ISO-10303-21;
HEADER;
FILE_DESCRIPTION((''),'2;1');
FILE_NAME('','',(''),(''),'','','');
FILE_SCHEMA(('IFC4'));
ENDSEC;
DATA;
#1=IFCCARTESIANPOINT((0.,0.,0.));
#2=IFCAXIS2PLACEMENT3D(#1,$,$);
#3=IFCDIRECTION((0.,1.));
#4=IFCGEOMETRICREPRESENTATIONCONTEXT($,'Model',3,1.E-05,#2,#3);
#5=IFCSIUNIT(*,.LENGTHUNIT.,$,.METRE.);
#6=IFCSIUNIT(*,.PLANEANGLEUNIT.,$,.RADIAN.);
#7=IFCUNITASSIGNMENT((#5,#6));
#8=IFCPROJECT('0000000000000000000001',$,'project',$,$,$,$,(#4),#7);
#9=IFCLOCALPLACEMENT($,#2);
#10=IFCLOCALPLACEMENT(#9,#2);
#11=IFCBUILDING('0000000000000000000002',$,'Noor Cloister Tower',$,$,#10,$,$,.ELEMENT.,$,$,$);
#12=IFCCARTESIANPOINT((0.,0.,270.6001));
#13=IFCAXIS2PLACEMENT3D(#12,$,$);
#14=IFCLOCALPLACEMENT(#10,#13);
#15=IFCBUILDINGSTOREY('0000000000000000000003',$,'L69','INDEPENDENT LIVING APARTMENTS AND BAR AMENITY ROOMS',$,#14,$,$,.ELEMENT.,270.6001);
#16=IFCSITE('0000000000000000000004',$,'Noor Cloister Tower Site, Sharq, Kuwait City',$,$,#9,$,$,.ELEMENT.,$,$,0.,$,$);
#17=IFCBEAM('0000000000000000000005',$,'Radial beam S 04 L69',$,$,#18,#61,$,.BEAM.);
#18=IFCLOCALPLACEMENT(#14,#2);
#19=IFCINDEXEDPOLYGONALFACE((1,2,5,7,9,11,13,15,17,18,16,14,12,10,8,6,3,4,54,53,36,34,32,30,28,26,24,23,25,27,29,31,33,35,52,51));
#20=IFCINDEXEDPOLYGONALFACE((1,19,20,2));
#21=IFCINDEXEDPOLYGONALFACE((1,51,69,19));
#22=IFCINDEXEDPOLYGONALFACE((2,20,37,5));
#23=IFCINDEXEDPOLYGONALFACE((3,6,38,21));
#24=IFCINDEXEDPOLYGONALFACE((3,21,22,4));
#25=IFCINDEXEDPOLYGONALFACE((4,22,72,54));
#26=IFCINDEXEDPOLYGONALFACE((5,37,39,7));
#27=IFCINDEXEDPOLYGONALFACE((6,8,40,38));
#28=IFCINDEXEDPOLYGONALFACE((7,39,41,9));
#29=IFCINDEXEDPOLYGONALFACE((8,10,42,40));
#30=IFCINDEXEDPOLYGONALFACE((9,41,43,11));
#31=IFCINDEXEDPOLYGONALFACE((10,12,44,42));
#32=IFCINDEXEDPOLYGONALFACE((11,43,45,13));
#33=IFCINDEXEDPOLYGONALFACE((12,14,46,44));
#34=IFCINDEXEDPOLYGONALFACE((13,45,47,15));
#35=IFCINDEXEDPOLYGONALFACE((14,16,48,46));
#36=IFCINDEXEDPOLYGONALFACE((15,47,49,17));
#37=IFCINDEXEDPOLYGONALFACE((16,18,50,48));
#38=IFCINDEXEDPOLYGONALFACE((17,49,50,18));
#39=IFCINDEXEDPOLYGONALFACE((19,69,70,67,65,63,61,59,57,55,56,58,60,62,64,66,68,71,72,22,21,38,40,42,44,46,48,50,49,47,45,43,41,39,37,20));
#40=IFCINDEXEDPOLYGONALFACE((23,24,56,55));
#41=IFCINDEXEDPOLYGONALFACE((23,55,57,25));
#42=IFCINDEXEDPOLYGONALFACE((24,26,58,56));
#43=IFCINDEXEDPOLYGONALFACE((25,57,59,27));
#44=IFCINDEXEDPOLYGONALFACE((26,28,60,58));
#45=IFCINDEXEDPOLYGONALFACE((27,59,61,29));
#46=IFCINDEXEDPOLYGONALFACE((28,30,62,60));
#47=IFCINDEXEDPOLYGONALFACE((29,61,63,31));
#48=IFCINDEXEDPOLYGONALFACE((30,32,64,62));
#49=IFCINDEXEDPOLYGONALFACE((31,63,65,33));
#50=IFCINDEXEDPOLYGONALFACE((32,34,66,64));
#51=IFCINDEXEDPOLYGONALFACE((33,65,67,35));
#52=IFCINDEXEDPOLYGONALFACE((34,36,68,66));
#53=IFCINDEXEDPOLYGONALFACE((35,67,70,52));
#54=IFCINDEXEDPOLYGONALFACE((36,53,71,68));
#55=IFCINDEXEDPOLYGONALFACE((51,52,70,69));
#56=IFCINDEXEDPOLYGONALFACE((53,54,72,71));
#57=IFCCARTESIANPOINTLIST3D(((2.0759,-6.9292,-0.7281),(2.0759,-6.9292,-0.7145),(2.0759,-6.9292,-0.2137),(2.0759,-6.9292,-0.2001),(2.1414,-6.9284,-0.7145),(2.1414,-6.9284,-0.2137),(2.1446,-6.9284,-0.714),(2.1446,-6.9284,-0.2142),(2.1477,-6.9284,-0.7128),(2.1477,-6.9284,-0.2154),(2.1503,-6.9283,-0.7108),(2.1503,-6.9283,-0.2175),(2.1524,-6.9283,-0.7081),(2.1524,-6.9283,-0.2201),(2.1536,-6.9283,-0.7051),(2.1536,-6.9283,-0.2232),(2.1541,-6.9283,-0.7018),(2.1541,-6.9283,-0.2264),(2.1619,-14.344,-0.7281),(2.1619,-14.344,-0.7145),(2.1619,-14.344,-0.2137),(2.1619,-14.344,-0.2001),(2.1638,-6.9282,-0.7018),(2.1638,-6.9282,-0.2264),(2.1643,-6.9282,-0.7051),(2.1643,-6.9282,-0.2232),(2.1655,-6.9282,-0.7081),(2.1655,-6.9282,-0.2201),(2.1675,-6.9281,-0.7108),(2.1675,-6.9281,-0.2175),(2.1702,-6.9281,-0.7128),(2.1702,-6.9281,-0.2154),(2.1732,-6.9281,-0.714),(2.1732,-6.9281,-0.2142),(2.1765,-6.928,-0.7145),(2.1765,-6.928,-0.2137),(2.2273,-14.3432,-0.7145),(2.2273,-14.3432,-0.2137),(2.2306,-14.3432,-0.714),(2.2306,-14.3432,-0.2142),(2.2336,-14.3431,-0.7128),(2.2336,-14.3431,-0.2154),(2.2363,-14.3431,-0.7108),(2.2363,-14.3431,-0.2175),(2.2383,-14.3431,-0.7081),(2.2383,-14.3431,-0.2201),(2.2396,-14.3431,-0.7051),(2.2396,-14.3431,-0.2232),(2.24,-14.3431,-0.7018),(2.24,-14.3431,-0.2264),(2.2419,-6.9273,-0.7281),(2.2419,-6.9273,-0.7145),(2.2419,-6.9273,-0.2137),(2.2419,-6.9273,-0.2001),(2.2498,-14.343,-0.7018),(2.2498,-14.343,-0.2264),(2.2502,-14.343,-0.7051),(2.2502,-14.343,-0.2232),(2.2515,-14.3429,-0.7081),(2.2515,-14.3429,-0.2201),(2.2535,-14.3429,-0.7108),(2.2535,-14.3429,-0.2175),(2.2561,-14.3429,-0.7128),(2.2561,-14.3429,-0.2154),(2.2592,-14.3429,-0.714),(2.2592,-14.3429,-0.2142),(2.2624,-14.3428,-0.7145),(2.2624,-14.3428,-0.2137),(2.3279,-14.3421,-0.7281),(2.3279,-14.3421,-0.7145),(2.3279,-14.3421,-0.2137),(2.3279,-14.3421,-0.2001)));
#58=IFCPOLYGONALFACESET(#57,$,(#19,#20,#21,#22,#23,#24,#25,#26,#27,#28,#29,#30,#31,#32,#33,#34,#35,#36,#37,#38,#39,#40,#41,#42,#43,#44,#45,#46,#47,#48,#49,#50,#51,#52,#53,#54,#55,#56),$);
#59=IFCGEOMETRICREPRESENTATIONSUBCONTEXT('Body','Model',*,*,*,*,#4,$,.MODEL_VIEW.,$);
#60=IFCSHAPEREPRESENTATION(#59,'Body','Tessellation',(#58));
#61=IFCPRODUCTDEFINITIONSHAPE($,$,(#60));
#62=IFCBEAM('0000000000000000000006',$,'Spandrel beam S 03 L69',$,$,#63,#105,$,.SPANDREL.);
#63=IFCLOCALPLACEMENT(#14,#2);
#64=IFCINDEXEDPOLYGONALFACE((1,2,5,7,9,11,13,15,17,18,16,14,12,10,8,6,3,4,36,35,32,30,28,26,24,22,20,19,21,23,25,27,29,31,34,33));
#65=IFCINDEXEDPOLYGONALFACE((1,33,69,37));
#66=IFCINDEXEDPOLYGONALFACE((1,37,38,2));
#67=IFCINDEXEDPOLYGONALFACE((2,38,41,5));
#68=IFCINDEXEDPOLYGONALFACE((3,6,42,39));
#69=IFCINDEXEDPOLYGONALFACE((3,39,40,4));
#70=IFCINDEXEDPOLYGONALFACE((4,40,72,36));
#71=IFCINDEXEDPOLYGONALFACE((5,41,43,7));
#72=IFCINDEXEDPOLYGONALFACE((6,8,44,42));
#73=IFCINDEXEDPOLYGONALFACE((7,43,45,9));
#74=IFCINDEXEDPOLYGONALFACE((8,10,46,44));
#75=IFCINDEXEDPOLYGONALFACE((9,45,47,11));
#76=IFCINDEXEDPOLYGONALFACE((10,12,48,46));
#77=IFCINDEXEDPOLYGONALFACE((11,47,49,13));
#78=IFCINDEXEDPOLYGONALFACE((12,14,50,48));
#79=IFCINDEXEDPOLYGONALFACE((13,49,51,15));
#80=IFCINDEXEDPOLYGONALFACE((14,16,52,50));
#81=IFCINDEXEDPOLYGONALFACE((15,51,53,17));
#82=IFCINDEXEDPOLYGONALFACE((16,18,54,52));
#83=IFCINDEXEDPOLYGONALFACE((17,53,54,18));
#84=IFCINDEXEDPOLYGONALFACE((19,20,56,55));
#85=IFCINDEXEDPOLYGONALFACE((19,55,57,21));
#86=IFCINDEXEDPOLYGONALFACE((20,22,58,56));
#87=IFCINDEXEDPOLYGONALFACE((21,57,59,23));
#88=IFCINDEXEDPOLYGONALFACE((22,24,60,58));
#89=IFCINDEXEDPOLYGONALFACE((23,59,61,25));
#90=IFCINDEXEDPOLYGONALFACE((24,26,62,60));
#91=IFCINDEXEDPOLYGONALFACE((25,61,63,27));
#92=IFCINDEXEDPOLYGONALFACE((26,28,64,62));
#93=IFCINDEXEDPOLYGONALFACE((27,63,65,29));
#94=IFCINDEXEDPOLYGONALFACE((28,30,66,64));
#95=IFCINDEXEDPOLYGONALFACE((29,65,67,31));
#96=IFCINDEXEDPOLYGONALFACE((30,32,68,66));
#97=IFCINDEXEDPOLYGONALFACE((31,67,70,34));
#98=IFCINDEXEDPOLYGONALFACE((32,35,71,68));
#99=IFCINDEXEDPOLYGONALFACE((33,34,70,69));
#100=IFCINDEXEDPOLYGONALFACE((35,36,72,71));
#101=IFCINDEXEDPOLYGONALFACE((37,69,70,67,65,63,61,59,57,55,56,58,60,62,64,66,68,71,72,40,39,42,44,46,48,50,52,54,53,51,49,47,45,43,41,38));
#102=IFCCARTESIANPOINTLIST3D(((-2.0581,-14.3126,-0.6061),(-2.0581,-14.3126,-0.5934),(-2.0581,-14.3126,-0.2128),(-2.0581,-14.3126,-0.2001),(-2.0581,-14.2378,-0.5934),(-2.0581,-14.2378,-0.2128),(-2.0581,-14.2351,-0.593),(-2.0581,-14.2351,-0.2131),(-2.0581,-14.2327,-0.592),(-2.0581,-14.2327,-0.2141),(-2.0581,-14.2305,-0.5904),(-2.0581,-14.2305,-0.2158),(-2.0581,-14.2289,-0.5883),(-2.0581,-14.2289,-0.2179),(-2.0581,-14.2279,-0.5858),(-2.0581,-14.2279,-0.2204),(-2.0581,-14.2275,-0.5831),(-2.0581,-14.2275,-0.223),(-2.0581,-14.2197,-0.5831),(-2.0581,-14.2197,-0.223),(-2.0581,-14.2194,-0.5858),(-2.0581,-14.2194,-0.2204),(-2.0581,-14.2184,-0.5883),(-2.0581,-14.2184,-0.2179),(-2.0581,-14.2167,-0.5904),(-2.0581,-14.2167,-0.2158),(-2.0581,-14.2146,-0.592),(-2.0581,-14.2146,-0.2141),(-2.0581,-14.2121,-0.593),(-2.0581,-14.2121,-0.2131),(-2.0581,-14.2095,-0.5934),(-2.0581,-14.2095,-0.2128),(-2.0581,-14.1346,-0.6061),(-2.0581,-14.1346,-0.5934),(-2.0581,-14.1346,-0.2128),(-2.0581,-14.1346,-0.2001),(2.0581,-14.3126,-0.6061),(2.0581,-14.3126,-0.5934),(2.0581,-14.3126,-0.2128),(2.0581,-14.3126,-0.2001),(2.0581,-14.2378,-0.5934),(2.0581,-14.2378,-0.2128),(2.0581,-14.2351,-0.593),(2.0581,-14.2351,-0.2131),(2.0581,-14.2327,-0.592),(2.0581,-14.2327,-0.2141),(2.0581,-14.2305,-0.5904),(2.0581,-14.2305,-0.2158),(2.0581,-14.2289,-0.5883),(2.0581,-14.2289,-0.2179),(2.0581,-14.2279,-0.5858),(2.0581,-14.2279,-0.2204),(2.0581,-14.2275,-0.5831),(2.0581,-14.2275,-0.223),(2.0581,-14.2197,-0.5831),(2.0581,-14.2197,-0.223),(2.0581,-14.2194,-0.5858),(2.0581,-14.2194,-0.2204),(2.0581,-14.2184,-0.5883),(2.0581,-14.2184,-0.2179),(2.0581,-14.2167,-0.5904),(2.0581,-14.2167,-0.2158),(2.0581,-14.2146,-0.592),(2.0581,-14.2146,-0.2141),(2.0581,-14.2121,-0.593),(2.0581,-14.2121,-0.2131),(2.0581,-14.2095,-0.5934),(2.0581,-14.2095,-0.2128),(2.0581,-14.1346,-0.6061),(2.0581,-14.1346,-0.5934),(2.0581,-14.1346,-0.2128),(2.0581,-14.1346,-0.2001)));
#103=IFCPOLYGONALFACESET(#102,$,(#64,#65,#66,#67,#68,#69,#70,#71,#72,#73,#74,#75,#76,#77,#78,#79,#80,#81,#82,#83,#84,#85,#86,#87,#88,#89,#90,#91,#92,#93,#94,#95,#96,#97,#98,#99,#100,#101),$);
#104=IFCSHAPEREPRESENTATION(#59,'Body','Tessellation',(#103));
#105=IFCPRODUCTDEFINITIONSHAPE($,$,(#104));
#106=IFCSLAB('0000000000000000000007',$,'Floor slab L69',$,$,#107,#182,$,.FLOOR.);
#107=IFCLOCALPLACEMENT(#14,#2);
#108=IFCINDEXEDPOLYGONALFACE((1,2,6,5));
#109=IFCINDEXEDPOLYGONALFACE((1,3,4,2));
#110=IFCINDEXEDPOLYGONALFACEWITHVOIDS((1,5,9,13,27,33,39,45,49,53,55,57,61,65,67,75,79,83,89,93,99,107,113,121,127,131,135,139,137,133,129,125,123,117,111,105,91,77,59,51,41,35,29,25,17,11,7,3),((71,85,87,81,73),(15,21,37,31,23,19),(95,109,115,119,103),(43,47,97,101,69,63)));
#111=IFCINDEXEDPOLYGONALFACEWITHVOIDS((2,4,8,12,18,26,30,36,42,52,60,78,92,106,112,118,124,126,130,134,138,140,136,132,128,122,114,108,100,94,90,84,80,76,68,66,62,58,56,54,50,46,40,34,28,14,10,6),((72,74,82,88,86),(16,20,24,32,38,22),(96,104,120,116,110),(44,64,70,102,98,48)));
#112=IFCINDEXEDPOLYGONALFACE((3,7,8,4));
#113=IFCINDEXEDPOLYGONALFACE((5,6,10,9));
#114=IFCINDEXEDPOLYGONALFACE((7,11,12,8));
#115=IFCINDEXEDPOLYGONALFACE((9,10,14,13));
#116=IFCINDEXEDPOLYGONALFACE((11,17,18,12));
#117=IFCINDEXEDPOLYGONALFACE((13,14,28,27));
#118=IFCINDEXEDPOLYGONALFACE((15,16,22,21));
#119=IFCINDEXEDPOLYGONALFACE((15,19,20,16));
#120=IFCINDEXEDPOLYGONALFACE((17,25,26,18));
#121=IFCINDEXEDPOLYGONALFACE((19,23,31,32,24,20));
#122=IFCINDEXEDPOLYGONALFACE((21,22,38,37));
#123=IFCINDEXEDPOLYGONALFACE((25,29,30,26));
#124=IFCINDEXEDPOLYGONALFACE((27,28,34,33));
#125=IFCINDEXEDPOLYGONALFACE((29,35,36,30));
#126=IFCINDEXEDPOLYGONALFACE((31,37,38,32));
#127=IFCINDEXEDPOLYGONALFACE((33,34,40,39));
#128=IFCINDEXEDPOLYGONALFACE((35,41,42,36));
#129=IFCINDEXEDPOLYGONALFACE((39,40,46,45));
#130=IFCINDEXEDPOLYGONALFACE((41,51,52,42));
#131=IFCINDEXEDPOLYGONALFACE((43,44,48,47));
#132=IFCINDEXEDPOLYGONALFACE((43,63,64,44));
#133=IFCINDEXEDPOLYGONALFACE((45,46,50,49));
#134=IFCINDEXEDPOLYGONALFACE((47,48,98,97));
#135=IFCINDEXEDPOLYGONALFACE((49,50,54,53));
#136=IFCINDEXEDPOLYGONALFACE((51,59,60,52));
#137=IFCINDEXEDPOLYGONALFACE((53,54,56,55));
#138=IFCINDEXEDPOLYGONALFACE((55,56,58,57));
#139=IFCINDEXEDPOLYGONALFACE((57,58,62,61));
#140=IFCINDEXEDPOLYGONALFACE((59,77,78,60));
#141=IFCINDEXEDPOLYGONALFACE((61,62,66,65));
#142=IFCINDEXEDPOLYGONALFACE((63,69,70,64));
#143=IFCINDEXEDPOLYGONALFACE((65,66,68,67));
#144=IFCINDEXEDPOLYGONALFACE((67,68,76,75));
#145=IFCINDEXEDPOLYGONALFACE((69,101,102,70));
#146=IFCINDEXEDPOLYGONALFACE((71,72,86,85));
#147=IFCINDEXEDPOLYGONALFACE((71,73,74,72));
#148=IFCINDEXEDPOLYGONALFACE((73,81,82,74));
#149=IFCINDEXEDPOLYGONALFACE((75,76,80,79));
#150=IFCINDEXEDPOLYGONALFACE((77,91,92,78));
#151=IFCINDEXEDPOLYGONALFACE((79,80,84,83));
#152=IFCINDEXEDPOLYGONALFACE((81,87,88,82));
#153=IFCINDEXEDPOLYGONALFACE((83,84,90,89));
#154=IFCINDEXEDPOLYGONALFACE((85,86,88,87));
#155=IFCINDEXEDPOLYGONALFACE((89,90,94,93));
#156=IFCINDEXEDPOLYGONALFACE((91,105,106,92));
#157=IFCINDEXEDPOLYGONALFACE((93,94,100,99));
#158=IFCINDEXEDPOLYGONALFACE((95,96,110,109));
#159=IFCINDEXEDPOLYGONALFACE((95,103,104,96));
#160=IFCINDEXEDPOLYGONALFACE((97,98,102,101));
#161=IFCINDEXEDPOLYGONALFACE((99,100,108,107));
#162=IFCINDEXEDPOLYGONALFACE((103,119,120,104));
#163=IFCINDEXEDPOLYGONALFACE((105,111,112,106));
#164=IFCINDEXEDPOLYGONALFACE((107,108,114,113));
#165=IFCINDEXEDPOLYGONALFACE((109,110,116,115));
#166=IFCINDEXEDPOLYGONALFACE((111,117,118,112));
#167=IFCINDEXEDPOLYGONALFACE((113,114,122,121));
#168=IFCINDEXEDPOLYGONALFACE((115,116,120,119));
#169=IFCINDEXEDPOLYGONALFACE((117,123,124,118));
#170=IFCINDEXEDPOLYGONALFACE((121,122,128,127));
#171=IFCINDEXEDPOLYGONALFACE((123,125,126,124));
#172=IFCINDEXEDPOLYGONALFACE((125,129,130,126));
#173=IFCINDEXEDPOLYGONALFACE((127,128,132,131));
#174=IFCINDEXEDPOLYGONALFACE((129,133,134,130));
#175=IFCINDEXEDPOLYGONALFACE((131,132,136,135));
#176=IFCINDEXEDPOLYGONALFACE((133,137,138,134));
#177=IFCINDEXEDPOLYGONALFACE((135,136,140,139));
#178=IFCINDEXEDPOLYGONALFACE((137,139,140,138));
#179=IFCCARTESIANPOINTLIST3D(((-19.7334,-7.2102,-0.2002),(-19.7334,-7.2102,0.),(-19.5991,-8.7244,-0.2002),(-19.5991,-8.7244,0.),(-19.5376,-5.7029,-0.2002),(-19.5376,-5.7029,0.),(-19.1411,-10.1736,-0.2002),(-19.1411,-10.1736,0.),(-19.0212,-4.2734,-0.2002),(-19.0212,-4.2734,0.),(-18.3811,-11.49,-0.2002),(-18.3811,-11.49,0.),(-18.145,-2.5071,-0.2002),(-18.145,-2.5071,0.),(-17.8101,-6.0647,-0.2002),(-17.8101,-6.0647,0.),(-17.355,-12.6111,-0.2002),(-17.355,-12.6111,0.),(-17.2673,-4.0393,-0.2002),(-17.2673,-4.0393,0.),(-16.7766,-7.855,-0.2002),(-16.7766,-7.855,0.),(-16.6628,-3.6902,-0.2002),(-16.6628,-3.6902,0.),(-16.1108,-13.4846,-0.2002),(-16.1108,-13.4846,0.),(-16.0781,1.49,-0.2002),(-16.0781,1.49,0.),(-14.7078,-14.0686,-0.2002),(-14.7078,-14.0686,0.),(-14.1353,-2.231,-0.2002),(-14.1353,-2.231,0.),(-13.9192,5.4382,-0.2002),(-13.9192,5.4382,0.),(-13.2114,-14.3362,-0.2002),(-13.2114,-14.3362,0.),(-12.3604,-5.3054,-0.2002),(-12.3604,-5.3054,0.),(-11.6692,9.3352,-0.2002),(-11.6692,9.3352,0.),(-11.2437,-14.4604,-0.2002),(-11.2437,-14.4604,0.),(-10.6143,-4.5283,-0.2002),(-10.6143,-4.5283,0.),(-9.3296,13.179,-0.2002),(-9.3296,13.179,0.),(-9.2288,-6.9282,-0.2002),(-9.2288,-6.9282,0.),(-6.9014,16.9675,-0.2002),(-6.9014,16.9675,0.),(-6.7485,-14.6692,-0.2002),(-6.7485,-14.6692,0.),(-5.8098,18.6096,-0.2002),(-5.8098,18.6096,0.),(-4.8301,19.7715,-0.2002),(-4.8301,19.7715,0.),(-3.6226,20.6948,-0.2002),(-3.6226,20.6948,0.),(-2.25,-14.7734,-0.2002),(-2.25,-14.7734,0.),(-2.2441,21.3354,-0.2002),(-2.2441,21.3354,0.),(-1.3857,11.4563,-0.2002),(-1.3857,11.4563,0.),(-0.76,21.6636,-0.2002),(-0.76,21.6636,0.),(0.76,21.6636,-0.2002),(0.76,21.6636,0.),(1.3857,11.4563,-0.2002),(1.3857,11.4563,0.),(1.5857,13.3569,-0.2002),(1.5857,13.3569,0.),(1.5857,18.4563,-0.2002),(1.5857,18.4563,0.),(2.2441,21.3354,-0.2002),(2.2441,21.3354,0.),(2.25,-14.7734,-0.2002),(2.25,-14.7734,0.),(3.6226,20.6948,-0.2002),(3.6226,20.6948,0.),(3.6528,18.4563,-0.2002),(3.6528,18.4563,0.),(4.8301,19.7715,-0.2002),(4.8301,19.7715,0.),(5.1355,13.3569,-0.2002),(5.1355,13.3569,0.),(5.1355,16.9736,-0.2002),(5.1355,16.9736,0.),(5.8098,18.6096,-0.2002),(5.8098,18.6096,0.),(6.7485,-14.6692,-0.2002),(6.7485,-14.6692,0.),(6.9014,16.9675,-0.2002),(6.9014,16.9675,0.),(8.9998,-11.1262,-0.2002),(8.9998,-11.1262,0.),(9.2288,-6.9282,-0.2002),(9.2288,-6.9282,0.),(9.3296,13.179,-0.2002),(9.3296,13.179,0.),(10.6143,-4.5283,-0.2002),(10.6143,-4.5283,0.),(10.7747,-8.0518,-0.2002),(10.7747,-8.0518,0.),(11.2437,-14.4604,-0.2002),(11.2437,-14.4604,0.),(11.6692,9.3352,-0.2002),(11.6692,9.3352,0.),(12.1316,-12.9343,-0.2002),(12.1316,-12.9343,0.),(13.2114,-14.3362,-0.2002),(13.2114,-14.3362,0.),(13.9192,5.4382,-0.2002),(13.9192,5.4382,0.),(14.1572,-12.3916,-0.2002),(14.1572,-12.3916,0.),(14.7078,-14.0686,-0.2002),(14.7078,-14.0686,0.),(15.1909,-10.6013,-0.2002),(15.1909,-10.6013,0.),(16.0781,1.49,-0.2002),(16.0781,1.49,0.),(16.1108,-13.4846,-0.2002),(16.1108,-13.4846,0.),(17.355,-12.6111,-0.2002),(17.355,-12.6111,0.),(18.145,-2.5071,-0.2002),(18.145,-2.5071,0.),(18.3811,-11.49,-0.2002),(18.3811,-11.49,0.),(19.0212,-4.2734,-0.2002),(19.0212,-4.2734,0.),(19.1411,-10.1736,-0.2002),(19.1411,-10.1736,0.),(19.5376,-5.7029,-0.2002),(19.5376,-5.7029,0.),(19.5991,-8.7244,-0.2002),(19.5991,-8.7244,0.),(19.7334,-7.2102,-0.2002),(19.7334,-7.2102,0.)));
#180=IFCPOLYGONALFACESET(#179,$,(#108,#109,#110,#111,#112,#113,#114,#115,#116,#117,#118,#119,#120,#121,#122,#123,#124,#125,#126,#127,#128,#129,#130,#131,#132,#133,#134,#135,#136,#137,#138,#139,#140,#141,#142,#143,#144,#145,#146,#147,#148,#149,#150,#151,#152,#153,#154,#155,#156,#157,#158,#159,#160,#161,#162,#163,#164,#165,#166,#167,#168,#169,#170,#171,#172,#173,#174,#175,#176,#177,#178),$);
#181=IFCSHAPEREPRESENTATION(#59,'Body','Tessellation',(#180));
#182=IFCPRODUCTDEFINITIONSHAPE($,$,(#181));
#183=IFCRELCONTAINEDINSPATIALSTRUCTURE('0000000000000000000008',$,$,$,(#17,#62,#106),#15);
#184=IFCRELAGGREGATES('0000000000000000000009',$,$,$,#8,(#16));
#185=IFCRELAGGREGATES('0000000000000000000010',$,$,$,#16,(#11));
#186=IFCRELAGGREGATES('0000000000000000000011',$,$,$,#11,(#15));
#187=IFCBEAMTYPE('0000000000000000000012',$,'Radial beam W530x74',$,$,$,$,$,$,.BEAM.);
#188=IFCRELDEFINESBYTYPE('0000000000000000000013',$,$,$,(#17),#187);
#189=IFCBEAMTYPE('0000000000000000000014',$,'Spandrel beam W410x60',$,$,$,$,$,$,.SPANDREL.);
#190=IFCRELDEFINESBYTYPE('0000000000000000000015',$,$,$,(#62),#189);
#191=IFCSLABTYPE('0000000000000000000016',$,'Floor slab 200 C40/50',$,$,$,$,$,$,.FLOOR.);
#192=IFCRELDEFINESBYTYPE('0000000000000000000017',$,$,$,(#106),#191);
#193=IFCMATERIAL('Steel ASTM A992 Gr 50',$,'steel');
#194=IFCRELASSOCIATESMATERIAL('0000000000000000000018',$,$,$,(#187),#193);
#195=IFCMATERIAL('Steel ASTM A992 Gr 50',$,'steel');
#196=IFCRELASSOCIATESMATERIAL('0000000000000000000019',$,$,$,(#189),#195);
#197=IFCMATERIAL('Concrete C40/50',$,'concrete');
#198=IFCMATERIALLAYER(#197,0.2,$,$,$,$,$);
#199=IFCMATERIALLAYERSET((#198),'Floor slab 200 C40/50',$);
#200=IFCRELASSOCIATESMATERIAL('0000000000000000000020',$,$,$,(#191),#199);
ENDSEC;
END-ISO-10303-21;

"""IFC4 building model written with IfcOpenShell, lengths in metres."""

from ifc_helpers import new_model, si_unit, direction, frame, origin, origin_2d, place, context, subcontext, project, spatial, polyline, i_section, outline, extrude, material, layer, layer_set, material_profile, profile_set, type_object, element, save


model = new_model("IFC4")

# Units and contexts
model_context = context("Model", 3, precision=1e-05, world=origin(), true_north=direction((0.0, 1.0)))
body_context = subcontext(model_context, "Body", "Model", "MODEL_VIEW")
ifc_project = project(units=[si_unit("LENGTHUNIT", "METRE"), si_unit("PLANEANGLEUNIT", "RADIAN")], contexts=[model_context])

# Site, building, storey
site_placement = place(None, origin())
site = spatial("IfcSite", under=ifc_project, at=site_placement, Name="Noor Cloister Tower Site, Sharq, Kuwait City", CompositionType="ELEMENT", RefElevation=0.0)
building_placement = place(site_placement, origin())
building = spatial("IfcBuilding", under=site, at=building_placement, Name="Noor Cloister Tower", CompositionType="ELEMENT")
storey_placement = place(building_placement, frame((0.0, 0.0, 270.6001)))
storey = spatial("IfcBuildingStorey", under=building, at=storey_placement, Name="L69", Description="INDEPENDENT LIVING APARTMENTS AND BAR AMENITY ROOMS", CompositionType="ELEMENT", Elevation=270.6001)

# Beams
ifc_material_1 = material(Name="Steel ASTM A992 Gr 50", Category="steel")
ifc_material_profile_1 = material_profile(ifc_material_1, i_section(OverallWidth=0.166, OverallDepth=0.5281, WebThickness=0.0098, FlangeThickness=0.0137, FilletRadius=0.0127, at=origin_2d()), Name="W530x74")
ifc_profile_set_1 = profile_set([ifc_material_profile_1], Name="Steel ASTM A992 Gr 50")
beam_type_1 = type_object("IfcBeamType", Name="Radial beam W530x74", PredefinedType="BEAM", material=ifc_profile_set_1)
for number, where, z_axis, x_axis, name in (
    (1, (2.2449, -14.343, -0.4641), (-0.011589, 0.999933, 0.0), (-0.999933, -0.011589, 0.0), "Radial beam S 04 L69"),
):
    element("IfcBeam", number, at=place(storey_placement, frame(where, z_axis=z_axis, x_axis=x_axis)), inside=storey, type_object=beam_type_1, Name=name, PredefinedType="BEAM", context=body_context, shape_type="SweptSolid", body=[
        extrude(i_section(OverallWidth=0.166, OverallDepth=0.5281, WebThickness=0.0098, FlangeThickness=0.0137, FilletRadius=0.0127, at=origin_2d()), origin(), (0.0, 0.0, 1.0), 7.4153),
    ])
ifc_material_2 = material(Name="Steel ASTM A992 Gr 50", Category="steel")
ifc_material_profile_2 = material_profile(ifc_material_2, i_section(OverallWidth=0.178, OverallDepth=0.406, WebThickness=0.0078, FlangeThickness=0.0127, FilletRadius=0.0103, at=origin_2d()), Name="W410x60")
ifc_profile_set_2 = profile_set([ifc_material_profile_2], Name="Steel ASTM A992 Gr 50")
beam_type_2 = type_object("IfcBeamType", Name="Spandrel beam W410x60", PredefinedType="SPANDREL", material=ifc_profile_set_2)
beam_placement = place(storey_placement, frame((-2.0581, -14.2236, -0.4031), z_axis=(1.0, 0.0, 0.0), x_axis=(0.0, 1.0, 0.0)))
element("IfcBeam", 2, at=beam_placement, inside=storey, type_object=beam_type_2, Name="Spandrel beam S 03 L69", PredefinedType="SPANDREL", context=body_context, shape_type="SweptSolid", body=[
    extrude(i_section(OverallWidth=0.178, OverallDepth=0.406, WebThickness=0.0078, FlangeThickness=0.0127, FilletRadius=0.0103, at=origin_2d()), origin(), (0.0, 0.0, 1.0), 4.1162),
])

# Slab
ifc_material_3 = material(Name="Concrete C40/50", Category="concrete")
ifc_layer_1 = layer(ifc_material_3, 0.2)
ifc_layer_set_1 = layer_set([ifc_layer_1], Name="Floor slab 200 C40/50")
slab_type = type_object("IfcSlabType", Name="Floor slab 200 C40/50", PredefinedType="FLOOR", material=ifc_layer_set_1)
slab_placement = place(storey_placement, frame((0.0, 0.0, -0.2002)))
element("IfcSlab", 3, at=slab_placement, inside=storey, type_object=slab_type, Name="Floor slab L69", PredefinedType="FLOOR", context=body_context, shape_type="SweptSolid", body=[
    extrude(outline(polyline([(5.8098, 18.6096), (4.8301, 19.7715), (3.6226, 20.6948), (2.2441, 21.3354), (0.76, 21.6636), (-0.76, 21.6636), (-2.2441, 21.3354), (-3.6226, 20.6948), (-4.8301, 19.7715), (-5.8098, 18.6096), (-6.9014, 16.9675), (-9.3296, 13.179), (-11.6692, 9.3352), (-13.9192, 5.4382), (-16.0781, 1.49), (-18.145, -2.5071), (-19.0212, -4.2734), (-19.5376, -5.7029), (-19.7334, -7.2102), (-19.5991, -8.7244), (-19.1411, -10.1736), (-18.3811, -11.49), (-17.355, -12.6111), (-16.1108, -13.4846), (-14.7078, -14.0686), (-13.2114, -14.3362), (-11.2437, -14.4604), (-6.7485, -14.6692), (-2.25, -14.7734), (2.25, -14.7734), (6.7485, -14.6692), (11.2437, -14.4604), (13.2114, -14.3362), (14.7078, -14.0686), (16.1108, -13.4846), (17.355, -12.6111), (18.3811, -11.49), (19.1411, -10.1736), (19.5991, -8.7244), (19.7334, -7.2102), (19.5376, -5.7029), (19.0212, -4.2734), (18.145, -2.5071), (16.0781, 1.49), (13.9192, 5.4382), (11.6692, 9.3352), (9.3296, 13.179), (6.9014, 16.9675), (5.8098, 18.6096)]), holes=[polyline([(8.9998, -11.1262), (12.1316, -12.9343), (14.1572, -12.3916), (15.1909, -10.6013), (10.7747, -8.0518), (8.9998, -11.1262)]), polyline([(-17.8101, -6.0647), (-16.7766, -7.855), (-12.3604, -5.3054), (-14.1353, -2.231), (-16.6628, -3.6902), (-17.2673, -4.0393), (-17.8101, -6.0647)]), polyline([(-10.6143, -4.5283), (-9.2288, -6.9282), (9.2288, -6.9282), (10.6143, -4.5283), (1.3857, 11.4563), (-1.3857, 11.4563), (-10.6143, -4.5283)]), polyline([(3.6528, 18.4563), (1.5857, 18.4563), (1.5857, 13.3569), (5.1355, 13.3569), (5.1355, 16.9736), (3.6528, 18.4563)])]), origin(), (0.0, 0.0, 1.0), 0.2002),
])

save(model, "model.ifc")
